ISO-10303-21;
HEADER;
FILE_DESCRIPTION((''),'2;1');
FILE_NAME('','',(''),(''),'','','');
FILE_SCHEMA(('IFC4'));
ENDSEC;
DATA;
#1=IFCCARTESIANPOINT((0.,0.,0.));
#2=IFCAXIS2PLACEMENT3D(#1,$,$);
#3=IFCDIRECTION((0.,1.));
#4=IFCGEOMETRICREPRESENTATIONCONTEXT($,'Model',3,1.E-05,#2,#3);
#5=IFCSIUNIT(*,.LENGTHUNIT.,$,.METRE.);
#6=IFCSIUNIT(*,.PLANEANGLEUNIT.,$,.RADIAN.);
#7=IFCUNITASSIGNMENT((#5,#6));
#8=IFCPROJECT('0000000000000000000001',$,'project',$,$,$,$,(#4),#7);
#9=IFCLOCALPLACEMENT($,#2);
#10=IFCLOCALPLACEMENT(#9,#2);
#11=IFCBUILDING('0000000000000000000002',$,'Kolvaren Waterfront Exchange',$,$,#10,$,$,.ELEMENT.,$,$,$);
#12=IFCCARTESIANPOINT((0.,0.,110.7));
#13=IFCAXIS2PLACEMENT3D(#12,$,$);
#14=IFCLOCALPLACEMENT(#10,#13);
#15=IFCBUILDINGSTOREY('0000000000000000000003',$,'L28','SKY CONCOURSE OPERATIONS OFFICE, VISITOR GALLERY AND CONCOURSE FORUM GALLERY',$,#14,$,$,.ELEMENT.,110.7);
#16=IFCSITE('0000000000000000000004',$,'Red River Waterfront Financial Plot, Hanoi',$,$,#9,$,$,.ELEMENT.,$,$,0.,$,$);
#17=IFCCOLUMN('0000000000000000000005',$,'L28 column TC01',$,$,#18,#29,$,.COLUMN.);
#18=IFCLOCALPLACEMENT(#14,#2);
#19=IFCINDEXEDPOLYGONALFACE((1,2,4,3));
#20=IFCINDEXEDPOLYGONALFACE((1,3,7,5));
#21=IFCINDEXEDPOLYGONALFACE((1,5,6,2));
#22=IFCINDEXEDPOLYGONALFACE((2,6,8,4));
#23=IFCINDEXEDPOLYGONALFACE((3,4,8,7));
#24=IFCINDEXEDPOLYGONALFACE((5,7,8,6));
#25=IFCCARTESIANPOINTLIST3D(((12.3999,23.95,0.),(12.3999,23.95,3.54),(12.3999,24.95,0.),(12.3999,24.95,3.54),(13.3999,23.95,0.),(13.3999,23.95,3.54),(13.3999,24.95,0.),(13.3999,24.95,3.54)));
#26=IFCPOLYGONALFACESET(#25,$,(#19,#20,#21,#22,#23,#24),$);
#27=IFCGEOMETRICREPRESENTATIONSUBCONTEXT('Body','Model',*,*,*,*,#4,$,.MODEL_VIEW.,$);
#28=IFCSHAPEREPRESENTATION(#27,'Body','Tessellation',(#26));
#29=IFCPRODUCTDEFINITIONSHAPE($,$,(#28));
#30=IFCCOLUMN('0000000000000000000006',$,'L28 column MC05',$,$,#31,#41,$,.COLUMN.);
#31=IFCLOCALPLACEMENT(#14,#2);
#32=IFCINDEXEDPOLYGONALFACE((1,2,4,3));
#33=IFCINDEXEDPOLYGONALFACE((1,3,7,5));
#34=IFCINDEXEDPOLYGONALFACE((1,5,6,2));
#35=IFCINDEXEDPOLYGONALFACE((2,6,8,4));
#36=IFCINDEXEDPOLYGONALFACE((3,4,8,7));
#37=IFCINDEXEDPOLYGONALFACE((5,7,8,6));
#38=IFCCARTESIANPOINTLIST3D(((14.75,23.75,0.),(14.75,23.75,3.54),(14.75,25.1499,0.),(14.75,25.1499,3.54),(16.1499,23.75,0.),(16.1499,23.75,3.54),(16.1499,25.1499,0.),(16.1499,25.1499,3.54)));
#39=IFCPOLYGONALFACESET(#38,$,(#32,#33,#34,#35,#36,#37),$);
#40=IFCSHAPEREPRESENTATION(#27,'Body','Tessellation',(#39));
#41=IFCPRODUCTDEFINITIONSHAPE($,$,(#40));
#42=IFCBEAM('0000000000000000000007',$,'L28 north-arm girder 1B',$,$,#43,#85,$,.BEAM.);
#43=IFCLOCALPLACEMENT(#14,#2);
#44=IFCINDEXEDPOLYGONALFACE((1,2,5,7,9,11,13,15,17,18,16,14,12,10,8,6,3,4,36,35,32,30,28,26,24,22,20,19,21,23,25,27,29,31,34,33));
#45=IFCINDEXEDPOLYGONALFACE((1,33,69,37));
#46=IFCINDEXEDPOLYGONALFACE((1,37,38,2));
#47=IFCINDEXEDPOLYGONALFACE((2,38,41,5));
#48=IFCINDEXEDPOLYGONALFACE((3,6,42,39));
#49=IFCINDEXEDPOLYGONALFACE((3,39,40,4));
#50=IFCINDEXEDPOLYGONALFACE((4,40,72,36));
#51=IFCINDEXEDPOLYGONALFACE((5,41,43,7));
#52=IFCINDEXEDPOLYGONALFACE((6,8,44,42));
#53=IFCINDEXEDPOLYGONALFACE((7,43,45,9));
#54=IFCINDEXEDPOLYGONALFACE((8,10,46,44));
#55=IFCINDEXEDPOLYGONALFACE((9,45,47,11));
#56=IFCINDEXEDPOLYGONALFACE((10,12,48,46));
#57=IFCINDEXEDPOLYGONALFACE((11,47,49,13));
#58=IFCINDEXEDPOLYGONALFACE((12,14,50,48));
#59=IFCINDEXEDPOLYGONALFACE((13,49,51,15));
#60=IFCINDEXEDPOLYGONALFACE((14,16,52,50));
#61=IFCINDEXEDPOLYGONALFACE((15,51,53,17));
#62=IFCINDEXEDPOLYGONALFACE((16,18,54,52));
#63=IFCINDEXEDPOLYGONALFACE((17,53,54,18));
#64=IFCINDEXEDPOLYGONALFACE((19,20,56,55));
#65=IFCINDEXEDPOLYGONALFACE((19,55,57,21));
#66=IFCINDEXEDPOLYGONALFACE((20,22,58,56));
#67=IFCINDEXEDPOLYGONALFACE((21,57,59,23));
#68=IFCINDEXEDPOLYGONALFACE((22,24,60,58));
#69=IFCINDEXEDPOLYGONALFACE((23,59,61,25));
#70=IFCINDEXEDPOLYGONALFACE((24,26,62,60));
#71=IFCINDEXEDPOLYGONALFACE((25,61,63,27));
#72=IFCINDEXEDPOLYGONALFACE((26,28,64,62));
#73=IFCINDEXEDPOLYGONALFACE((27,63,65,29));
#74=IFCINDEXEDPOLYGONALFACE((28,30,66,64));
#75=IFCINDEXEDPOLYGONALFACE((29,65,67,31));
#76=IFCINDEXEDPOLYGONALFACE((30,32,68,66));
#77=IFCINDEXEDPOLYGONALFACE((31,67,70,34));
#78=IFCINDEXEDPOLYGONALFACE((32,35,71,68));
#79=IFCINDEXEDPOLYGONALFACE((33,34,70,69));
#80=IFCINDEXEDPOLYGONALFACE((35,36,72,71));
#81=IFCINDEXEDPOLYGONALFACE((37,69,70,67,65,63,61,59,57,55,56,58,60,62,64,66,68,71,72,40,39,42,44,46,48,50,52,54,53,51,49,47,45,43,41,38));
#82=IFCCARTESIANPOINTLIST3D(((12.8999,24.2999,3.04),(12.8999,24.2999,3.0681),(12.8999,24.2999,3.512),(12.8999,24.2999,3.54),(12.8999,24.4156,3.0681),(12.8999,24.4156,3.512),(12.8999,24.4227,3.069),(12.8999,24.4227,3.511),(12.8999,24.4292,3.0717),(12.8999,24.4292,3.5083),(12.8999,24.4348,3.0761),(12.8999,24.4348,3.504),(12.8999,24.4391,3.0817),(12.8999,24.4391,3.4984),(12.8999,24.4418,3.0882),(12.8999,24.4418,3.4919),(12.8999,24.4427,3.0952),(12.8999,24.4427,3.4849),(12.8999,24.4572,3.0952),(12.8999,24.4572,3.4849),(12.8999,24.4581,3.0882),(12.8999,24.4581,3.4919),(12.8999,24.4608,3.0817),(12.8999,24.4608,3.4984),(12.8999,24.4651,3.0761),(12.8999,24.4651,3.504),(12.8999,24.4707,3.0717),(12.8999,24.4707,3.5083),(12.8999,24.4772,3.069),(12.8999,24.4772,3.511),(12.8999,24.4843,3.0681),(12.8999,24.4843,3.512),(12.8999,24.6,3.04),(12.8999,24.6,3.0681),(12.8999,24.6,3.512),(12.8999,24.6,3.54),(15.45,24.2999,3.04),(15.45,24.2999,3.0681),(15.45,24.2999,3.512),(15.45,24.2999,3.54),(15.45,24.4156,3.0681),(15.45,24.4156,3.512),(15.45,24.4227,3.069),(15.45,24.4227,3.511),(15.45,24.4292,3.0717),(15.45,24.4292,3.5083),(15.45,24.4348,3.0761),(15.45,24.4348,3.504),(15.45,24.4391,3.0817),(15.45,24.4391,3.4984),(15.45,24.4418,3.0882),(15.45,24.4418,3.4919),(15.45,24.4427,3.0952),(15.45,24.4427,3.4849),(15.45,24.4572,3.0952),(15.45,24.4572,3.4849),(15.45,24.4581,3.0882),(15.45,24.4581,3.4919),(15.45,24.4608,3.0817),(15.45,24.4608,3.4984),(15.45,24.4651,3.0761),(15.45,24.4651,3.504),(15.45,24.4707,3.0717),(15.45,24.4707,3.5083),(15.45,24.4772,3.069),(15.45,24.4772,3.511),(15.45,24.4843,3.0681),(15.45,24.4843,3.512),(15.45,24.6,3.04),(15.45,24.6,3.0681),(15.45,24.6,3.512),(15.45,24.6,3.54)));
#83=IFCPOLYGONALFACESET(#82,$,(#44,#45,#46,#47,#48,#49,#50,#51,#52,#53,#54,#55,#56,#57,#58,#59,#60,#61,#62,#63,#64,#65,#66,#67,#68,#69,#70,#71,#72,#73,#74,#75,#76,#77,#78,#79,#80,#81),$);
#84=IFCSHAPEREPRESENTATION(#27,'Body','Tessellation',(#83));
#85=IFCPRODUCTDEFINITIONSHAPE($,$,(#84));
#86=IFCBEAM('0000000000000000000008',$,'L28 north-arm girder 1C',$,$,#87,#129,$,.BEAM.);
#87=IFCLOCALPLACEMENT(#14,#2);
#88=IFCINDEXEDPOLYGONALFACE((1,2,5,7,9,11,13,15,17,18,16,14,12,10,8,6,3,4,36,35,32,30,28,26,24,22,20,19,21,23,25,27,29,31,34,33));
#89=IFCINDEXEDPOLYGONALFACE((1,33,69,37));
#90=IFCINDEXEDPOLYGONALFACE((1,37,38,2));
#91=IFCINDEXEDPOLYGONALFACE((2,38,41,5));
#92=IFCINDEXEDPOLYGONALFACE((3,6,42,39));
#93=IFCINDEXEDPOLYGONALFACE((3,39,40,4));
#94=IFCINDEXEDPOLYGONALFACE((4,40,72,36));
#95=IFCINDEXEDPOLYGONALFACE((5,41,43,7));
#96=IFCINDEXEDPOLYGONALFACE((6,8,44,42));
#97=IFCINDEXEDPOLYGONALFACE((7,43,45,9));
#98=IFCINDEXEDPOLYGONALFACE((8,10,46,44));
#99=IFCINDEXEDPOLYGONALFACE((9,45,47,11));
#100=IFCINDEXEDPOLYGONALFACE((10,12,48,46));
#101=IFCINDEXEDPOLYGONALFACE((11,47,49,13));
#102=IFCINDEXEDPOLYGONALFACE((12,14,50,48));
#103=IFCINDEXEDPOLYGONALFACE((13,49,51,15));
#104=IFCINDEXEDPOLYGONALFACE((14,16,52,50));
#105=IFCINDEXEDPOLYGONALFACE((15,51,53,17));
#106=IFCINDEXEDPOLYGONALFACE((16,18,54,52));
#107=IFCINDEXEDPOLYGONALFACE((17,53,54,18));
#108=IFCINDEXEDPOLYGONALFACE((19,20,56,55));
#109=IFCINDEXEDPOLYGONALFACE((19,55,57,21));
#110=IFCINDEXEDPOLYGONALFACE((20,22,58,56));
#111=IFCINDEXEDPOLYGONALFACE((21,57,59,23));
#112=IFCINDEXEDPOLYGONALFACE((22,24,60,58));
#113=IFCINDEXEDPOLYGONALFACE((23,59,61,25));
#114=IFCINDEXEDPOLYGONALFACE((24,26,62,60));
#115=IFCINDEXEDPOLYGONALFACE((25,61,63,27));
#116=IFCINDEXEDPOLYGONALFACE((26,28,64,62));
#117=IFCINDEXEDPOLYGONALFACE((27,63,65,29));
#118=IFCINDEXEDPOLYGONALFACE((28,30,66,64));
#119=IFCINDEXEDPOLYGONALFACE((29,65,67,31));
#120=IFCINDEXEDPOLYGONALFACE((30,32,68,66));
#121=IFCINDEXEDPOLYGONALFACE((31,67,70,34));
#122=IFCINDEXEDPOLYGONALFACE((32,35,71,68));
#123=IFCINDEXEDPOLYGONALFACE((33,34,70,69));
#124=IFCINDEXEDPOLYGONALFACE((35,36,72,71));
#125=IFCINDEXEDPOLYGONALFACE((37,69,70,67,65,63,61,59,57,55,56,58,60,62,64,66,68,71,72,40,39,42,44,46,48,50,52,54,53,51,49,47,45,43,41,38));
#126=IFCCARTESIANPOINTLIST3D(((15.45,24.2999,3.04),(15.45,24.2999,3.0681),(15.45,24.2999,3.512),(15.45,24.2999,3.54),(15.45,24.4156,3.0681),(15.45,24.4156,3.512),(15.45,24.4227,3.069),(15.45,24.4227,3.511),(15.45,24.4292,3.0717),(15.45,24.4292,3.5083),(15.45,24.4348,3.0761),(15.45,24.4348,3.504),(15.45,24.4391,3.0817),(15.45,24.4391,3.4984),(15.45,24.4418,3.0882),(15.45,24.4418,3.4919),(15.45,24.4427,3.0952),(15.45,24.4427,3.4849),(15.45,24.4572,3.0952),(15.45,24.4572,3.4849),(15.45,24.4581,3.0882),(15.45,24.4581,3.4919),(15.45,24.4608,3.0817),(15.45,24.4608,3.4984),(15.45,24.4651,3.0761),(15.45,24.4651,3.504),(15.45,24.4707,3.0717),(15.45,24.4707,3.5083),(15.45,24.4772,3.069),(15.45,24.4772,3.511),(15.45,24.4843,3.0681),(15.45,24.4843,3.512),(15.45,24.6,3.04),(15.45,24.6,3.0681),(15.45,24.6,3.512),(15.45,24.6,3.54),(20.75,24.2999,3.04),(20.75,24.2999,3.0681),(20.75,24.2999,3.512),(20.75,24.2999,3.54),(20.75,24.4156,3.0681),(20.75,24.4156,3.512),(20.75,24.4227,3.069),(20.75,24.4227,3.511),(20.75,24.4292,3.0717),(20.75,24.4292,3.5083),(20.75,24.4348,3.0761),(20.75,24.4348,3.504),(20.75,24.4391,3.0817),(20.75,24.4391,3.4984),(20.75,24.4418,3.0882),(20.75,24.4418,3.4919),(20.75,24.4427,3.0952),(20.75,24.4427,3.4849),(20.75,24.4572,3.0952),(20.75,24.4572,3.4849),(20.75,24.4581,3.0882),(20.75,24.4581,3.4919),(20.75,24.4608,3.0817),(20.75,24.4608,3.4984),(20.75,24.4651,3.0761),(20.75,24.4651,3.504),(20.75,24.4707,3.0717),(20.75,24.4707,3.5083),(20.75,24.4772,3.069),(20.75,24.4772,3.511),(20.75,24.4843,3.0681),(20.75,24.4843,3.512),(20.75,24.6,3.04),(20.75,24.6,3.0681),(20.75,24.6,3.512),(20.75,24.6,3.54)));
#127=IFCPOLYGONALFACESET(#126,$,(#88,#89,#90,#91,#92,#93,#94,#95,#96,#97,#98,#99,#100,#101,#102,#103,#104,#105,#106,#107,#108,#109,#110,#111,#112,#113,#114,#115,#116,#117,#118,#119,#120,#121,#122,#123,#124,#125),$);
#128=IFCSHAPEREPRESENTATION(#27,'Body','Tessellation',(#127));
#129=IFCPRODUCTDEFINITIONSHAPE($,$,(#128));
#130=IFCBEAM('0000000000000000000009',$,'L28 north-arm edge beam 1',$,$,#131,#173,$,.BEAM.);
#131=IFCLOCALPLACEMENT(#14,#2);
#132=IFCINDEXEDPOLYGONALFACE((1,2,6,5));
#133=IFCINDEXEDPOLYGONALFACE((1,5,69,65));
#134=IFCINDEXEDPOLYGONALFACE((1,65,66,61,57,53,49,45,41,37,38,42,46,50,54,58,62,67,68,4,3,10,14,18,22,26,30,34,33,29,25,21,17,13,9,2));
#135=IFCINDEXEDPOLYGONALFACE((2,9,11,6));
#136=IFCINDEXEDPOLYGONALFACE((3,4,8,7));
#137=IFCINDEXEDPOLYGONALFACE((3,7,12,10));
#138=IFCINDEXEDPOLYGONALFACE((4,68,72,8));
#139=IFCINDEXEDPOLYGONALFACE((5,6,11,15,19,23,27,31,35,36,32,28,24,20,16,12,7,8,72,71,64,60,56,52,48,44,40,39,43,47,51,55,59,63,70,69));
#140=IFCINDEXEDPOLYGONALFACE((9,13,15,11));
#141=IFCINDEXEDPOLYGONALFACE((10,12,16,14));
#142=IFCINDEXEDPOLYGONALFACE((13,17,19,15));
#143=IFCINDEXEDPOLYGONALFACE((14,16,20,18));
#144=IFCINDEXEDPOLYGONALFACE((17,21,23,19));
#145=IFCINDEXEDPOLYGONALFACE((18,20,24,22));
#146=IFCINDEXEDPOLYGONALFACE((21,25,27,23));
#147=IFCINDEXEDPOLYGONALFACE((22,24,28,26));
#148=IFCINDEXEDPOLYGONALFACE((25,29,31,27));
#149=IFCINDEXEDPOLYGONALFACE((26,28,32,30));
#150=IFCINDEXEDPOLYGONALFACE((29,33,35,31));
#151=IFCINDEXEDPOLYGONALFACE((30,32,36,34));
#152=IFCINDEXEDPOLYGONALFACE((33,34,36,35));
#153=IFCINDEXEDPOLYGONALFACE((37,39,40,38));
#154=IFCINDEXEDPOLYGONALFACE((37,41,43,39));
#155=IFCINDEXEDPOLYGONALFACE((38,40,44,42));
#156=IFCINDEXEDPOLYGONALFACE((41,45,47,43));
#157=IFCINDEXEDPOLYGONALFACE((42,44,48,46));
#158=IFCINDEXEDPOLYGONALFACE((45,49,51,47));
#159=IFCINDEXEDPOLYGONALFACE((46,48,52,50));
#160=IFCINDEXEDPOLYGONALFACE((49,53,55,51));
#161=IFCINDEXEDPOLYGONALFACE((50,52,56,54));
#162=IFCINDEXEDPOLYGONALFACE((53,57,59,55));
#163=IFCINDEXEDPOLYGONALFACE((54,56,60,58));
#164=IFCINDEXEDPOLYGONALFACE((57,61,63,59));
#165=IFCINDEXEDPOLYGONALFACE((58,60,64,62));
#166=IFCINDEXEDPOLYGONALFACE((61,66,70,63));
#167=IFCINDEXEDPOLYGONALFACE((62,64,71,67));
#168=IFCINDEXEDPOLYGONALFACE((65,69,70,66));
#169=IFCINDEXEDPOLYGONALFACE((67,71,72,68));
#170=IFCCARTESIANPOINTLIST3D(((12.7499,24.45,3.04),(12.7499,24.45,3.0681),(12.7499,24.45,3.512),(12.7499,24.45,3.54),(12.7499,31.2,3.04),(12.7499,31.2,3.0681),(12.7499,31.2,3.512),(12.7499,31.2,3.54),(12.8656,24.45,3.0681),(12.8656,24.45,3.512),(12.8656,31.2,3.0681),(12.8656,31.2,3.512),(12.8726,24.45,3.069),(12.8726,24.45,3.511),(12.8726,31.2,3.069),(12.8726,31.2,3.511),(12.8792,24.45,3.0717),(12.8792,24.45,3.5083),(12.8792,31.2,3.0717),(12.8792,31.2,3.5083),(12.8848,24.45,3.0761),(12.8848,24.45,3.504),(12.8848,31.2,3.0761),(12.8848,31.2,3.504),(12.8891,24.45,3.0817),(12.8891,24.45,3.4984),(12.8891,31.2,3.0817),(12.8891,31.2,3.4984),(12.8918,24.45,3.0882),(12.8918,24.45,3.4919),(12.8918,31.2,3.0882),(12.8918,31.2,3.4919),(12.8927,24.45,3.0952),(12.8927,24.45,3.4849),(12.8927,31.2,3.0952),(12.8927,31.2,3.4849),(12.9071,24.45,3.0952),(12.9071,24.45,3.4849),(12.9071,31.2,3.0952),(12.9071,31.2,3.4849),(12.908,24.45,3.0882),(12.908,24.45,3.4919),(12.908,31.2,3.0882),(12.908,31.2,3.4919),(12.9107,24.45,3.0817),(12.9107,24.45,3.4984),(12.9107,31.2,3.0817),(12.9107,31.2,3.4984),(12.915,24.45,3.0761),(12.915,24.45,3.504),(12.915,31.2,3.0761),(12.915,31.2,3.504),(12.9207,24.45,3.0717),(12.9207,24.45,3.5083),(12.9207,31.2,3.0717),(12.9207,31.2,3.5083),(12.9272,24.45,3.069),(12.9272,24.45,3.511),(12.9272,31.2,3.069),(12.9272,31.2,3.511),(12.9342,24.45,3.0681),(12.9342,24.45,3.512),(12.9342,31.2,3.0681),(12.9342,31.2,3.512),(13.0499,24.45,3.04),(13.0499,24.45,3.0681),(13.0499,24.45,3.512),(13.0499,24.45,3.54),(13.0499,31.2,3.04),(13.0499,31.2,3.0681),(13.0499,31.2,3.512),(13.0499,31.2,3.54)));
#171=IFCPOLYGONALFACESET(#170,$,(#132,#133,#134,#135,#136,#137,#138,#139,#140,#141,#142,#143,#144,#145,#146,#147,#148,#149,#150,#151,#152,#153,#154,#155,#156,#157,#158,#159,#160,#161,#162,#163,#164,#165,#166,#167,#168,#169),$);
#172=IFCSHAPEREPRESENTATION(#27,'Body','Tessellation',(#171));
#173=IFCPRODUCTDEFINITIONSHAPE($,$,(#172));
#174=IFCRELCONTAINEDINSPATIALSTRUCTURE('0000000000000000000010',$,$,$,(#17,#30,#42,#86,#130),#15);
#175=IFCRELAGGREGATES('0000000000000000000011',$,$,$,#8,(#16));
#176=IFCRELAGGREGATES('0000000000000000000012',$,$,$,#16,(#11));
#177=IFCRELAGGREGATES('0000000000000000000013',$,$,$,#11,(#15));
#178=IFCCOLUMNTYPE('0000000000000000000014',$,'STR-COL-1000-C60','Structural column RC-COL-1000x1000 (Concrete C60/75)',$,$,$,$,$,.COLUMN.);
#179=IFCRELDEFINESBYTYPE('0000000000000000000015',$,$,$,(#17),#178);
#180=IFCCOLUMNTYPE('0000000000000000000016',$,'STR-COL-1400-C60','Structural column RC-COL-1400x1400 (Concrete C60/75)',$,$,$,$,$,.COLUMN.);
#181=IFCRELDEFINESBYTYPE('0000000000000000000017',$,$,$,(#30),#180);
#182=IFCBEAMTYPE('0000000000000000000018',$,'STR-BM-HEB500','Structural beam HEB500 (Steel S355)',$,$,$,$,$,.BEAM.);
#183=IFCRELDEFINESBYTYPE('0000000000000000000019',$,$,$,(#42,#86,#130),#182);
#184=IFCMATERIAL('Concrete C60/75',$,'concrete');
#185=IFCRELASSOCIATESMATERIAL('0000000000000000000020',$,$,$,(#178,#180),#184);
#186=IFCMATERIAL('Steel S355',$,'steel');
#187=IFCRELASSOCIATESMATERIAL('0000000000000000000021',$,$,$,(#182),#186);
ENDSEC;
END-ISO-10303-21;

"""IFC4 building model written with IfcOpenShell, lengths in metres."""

from ifc_helpers import new_model, si_unit, direction, frame, origin, origin_2d, place, context, subcontext, project, spatial, rectangle, i_section, extrude, material, material_profile, profile_set, type_object, element, save


model = new_model("IFC4")

# Units and contexts
model_context = context("Model", 3, precision=1e-05, world=origin(), true_north=direction((0.0, 1.0)))
body_context = subcontext(model_context, "Body", "Model", "MODEL_VIEW")
ifc_project = project(units=[si_unit("LENGTHUNIT", "METRE"), si_unit("PLANEANGLEUNIT", "RADIAN")], contexts=[model_context])

# Site, building, storey
site_placement = place(None, origin())
site = spatial("IfcSite", under=ifc_project, at=site_placement, Name="Red River Waterfront Financial Plot, Hanoi", CompositionType="ELEMENT", RefElevation=0.0)
building_placement = place(site_placement, origin())
building = spatial("IfcBuilding", under=site, at=building_placement, Name="Kolvaren Waterfront Exchange", CompositionType="ELEMENT")
storey_placement = place(building_placement, frame((0.0, 0.0, 110.7)))
storey = spatial("IfcBuildingStorey", under=building, at=storey_placement, Name="L28", Description="SKY CONCOURSE OPERATIONS OFFICE, VISITOR GALLERY AND CONCOURSE FORUM GALLERY", CompositionType="ELEMENT", Elevation=110.7)

# Columns
ifc_material_1 = material(Name="Concrete C60/75", Category="concrete")
ifc_material_profile_1 = material_profile(ifc_material_1, rectangle(XDim=1.0, YDim=1.0, at=origin_2d()), Name="RC-COL-1000x1000")
ifc_profile_set_1 = profile_set([ifc_material_profile_1], Name="Concrete C60/75")
column_type_1 = type_object("IfcColumnType", Name="STR-COL-1000-C60", Description="Structural column RC-COL-1000x1000 (Concrete C60/75)", PredefinedType="COLUMN", material=ifc_profile_set_1)
column_1_placement = place(storey_placement, frame((12.8999, 24.45, 0.0), z_axis=(0.0, 0.0, 1.0), x_axis=(1.0, 0.0, 0.0)))
element("IfcColumn", 1, at=column_1_placement, inside=storey, type_object=column_type_1, Name="L28 column TC01", PredefinedType="COLUMN", context=body_context, shape_type="SweptSolid", body=[
    extrude(rectangle(XDim=1.0, YDim=1.0, at=origin_2d()), origin(), (0.0, 0.0, 1.0), 3.54),
])
ifc_material_profile_2 = material_profile(ifc_material_1, rectangle(XDim=1.3999, YDim=1.3999, at=origin_2d()), Name="RC-COL-1400x1400")
ifc_profile_set_2 = profile_set([ifc_material_profile_2], Name="Concrete C60/75")
column_type_2 = type_object("IfcColumnType", Name="STR-COL-1400-C60", Description="Structural column RC-COL-1400x1400 (Concrete C60/75)", PredefinedType="COLUMN", material=ifc_profile_set_2)
column_2_placement = place(storey_placement, frame((15.45, 24.45, 0.0), z_axis=(0.0, 0.0, 1.0), x_axis=(1.0, 0.0, 0.0)))
element("IfcColumn", 2, at=column_2_placement, inside=storey, type_object=column_type_2, Name="L28 column MC05", PredefinedType="COLUMN", context=body_context, shape_type="SweptSolid", body=[
    extrude(rectangle(XDim=1.3999, YDim=1.3999, at=origin_2d()), origin(), (0.0, 0.0, 1.0), 3.54),
])

# Beams
ifc_material_2 = material(Name="Steel S355", Category="steel")
ifc_material_profile_3 = material_profile(ifc_material_2, i_section(OverallWidth=0.3, OverallDepth=0.5, WebThickness=0.0144, FlangeThickness=0.0281, FilletRadius=0.0271, at=origin_2d()), Name="HEB500")
ifc_profile_set_3 = profile_set([ifc_material_profile_3], Name="Steel S355")
beam_type_1 = type_object("IfcBeamType", Name="STR-BM-HEB500", Description="Structural beam HEB500 (Steel S355)", PredefinedType="BEAM", material=ifc_profile_set_3)
beam_1_placement = place(storey_placement, frame((12.8999, 24.45, 3.29), z_axis=(1.0, 0.0, 0.0), x_axis=(0.0, 1.0, 0.0)))
element("IfcBeam", 3, at=beam_1_placement, inside=storey, type_object=beam_type_1, Name="L28 north-arm girder 1B", PredefinedType="BEAM", context=body_context, shape_type="SweptSolid", body=[
    extrude(i_section(OverallWidth=0.3, OverallDepth=0.5, WebThickness=0.0144, FlangeThickness=0.0281, FilletRadius=0.0271, at=origin_2d()), origin(), (0.0, 0.0, 1.0), 2.55),
])
beam_2_placement = place(storey_placement, frame((15.45, 24.45, 3.29), z_axis=(1.0, 0.0, 0.0), x_axis=(0.0, 1.0, 0.0)))
element("IfcBeam", 4, at=beam_2_placement, inside=storey, type_object=beam_type_1, Name="L28 north-arm girder 1C", PredefinedType="BEAM", context=body_context, shape_type="SweptSolid", body=[
    extrude(i_section(OverallWidth=0.3, OverallDepth=0.5, WebThickness=0.0144, FlangeThickness=0.0281, FilletRadius=0.0271, at=origin_2d()), origin(), (0.0, 0.0, 1.0), 5.3),
])
beam_3_placement = place(storey_placement, frame((12.8999, 24.45, 3.29), z_axis=(0.0, 1.0, 0.0), x_axis=(-1.0, 0.0, 0.0)))
element("IfcBeam", 5, at=beam_3_placement, inside=storey, type_object=beam_type_1, Name="L28 north-arm edge beam 1", PredefinedType="BEAM", context=body_context, shape_type="SweptSolid", body=[
    extrude(i_section(OverallWidth=0.3, OverallDepth=0.5, WebThickness=0.0144, FlangeThickness=0.0281, FilletRadius=0.0271, at=origin_2d()), origin(), (0.0, 0.0, 1.0), 6.75),
])

save(model, "model.ifc")
